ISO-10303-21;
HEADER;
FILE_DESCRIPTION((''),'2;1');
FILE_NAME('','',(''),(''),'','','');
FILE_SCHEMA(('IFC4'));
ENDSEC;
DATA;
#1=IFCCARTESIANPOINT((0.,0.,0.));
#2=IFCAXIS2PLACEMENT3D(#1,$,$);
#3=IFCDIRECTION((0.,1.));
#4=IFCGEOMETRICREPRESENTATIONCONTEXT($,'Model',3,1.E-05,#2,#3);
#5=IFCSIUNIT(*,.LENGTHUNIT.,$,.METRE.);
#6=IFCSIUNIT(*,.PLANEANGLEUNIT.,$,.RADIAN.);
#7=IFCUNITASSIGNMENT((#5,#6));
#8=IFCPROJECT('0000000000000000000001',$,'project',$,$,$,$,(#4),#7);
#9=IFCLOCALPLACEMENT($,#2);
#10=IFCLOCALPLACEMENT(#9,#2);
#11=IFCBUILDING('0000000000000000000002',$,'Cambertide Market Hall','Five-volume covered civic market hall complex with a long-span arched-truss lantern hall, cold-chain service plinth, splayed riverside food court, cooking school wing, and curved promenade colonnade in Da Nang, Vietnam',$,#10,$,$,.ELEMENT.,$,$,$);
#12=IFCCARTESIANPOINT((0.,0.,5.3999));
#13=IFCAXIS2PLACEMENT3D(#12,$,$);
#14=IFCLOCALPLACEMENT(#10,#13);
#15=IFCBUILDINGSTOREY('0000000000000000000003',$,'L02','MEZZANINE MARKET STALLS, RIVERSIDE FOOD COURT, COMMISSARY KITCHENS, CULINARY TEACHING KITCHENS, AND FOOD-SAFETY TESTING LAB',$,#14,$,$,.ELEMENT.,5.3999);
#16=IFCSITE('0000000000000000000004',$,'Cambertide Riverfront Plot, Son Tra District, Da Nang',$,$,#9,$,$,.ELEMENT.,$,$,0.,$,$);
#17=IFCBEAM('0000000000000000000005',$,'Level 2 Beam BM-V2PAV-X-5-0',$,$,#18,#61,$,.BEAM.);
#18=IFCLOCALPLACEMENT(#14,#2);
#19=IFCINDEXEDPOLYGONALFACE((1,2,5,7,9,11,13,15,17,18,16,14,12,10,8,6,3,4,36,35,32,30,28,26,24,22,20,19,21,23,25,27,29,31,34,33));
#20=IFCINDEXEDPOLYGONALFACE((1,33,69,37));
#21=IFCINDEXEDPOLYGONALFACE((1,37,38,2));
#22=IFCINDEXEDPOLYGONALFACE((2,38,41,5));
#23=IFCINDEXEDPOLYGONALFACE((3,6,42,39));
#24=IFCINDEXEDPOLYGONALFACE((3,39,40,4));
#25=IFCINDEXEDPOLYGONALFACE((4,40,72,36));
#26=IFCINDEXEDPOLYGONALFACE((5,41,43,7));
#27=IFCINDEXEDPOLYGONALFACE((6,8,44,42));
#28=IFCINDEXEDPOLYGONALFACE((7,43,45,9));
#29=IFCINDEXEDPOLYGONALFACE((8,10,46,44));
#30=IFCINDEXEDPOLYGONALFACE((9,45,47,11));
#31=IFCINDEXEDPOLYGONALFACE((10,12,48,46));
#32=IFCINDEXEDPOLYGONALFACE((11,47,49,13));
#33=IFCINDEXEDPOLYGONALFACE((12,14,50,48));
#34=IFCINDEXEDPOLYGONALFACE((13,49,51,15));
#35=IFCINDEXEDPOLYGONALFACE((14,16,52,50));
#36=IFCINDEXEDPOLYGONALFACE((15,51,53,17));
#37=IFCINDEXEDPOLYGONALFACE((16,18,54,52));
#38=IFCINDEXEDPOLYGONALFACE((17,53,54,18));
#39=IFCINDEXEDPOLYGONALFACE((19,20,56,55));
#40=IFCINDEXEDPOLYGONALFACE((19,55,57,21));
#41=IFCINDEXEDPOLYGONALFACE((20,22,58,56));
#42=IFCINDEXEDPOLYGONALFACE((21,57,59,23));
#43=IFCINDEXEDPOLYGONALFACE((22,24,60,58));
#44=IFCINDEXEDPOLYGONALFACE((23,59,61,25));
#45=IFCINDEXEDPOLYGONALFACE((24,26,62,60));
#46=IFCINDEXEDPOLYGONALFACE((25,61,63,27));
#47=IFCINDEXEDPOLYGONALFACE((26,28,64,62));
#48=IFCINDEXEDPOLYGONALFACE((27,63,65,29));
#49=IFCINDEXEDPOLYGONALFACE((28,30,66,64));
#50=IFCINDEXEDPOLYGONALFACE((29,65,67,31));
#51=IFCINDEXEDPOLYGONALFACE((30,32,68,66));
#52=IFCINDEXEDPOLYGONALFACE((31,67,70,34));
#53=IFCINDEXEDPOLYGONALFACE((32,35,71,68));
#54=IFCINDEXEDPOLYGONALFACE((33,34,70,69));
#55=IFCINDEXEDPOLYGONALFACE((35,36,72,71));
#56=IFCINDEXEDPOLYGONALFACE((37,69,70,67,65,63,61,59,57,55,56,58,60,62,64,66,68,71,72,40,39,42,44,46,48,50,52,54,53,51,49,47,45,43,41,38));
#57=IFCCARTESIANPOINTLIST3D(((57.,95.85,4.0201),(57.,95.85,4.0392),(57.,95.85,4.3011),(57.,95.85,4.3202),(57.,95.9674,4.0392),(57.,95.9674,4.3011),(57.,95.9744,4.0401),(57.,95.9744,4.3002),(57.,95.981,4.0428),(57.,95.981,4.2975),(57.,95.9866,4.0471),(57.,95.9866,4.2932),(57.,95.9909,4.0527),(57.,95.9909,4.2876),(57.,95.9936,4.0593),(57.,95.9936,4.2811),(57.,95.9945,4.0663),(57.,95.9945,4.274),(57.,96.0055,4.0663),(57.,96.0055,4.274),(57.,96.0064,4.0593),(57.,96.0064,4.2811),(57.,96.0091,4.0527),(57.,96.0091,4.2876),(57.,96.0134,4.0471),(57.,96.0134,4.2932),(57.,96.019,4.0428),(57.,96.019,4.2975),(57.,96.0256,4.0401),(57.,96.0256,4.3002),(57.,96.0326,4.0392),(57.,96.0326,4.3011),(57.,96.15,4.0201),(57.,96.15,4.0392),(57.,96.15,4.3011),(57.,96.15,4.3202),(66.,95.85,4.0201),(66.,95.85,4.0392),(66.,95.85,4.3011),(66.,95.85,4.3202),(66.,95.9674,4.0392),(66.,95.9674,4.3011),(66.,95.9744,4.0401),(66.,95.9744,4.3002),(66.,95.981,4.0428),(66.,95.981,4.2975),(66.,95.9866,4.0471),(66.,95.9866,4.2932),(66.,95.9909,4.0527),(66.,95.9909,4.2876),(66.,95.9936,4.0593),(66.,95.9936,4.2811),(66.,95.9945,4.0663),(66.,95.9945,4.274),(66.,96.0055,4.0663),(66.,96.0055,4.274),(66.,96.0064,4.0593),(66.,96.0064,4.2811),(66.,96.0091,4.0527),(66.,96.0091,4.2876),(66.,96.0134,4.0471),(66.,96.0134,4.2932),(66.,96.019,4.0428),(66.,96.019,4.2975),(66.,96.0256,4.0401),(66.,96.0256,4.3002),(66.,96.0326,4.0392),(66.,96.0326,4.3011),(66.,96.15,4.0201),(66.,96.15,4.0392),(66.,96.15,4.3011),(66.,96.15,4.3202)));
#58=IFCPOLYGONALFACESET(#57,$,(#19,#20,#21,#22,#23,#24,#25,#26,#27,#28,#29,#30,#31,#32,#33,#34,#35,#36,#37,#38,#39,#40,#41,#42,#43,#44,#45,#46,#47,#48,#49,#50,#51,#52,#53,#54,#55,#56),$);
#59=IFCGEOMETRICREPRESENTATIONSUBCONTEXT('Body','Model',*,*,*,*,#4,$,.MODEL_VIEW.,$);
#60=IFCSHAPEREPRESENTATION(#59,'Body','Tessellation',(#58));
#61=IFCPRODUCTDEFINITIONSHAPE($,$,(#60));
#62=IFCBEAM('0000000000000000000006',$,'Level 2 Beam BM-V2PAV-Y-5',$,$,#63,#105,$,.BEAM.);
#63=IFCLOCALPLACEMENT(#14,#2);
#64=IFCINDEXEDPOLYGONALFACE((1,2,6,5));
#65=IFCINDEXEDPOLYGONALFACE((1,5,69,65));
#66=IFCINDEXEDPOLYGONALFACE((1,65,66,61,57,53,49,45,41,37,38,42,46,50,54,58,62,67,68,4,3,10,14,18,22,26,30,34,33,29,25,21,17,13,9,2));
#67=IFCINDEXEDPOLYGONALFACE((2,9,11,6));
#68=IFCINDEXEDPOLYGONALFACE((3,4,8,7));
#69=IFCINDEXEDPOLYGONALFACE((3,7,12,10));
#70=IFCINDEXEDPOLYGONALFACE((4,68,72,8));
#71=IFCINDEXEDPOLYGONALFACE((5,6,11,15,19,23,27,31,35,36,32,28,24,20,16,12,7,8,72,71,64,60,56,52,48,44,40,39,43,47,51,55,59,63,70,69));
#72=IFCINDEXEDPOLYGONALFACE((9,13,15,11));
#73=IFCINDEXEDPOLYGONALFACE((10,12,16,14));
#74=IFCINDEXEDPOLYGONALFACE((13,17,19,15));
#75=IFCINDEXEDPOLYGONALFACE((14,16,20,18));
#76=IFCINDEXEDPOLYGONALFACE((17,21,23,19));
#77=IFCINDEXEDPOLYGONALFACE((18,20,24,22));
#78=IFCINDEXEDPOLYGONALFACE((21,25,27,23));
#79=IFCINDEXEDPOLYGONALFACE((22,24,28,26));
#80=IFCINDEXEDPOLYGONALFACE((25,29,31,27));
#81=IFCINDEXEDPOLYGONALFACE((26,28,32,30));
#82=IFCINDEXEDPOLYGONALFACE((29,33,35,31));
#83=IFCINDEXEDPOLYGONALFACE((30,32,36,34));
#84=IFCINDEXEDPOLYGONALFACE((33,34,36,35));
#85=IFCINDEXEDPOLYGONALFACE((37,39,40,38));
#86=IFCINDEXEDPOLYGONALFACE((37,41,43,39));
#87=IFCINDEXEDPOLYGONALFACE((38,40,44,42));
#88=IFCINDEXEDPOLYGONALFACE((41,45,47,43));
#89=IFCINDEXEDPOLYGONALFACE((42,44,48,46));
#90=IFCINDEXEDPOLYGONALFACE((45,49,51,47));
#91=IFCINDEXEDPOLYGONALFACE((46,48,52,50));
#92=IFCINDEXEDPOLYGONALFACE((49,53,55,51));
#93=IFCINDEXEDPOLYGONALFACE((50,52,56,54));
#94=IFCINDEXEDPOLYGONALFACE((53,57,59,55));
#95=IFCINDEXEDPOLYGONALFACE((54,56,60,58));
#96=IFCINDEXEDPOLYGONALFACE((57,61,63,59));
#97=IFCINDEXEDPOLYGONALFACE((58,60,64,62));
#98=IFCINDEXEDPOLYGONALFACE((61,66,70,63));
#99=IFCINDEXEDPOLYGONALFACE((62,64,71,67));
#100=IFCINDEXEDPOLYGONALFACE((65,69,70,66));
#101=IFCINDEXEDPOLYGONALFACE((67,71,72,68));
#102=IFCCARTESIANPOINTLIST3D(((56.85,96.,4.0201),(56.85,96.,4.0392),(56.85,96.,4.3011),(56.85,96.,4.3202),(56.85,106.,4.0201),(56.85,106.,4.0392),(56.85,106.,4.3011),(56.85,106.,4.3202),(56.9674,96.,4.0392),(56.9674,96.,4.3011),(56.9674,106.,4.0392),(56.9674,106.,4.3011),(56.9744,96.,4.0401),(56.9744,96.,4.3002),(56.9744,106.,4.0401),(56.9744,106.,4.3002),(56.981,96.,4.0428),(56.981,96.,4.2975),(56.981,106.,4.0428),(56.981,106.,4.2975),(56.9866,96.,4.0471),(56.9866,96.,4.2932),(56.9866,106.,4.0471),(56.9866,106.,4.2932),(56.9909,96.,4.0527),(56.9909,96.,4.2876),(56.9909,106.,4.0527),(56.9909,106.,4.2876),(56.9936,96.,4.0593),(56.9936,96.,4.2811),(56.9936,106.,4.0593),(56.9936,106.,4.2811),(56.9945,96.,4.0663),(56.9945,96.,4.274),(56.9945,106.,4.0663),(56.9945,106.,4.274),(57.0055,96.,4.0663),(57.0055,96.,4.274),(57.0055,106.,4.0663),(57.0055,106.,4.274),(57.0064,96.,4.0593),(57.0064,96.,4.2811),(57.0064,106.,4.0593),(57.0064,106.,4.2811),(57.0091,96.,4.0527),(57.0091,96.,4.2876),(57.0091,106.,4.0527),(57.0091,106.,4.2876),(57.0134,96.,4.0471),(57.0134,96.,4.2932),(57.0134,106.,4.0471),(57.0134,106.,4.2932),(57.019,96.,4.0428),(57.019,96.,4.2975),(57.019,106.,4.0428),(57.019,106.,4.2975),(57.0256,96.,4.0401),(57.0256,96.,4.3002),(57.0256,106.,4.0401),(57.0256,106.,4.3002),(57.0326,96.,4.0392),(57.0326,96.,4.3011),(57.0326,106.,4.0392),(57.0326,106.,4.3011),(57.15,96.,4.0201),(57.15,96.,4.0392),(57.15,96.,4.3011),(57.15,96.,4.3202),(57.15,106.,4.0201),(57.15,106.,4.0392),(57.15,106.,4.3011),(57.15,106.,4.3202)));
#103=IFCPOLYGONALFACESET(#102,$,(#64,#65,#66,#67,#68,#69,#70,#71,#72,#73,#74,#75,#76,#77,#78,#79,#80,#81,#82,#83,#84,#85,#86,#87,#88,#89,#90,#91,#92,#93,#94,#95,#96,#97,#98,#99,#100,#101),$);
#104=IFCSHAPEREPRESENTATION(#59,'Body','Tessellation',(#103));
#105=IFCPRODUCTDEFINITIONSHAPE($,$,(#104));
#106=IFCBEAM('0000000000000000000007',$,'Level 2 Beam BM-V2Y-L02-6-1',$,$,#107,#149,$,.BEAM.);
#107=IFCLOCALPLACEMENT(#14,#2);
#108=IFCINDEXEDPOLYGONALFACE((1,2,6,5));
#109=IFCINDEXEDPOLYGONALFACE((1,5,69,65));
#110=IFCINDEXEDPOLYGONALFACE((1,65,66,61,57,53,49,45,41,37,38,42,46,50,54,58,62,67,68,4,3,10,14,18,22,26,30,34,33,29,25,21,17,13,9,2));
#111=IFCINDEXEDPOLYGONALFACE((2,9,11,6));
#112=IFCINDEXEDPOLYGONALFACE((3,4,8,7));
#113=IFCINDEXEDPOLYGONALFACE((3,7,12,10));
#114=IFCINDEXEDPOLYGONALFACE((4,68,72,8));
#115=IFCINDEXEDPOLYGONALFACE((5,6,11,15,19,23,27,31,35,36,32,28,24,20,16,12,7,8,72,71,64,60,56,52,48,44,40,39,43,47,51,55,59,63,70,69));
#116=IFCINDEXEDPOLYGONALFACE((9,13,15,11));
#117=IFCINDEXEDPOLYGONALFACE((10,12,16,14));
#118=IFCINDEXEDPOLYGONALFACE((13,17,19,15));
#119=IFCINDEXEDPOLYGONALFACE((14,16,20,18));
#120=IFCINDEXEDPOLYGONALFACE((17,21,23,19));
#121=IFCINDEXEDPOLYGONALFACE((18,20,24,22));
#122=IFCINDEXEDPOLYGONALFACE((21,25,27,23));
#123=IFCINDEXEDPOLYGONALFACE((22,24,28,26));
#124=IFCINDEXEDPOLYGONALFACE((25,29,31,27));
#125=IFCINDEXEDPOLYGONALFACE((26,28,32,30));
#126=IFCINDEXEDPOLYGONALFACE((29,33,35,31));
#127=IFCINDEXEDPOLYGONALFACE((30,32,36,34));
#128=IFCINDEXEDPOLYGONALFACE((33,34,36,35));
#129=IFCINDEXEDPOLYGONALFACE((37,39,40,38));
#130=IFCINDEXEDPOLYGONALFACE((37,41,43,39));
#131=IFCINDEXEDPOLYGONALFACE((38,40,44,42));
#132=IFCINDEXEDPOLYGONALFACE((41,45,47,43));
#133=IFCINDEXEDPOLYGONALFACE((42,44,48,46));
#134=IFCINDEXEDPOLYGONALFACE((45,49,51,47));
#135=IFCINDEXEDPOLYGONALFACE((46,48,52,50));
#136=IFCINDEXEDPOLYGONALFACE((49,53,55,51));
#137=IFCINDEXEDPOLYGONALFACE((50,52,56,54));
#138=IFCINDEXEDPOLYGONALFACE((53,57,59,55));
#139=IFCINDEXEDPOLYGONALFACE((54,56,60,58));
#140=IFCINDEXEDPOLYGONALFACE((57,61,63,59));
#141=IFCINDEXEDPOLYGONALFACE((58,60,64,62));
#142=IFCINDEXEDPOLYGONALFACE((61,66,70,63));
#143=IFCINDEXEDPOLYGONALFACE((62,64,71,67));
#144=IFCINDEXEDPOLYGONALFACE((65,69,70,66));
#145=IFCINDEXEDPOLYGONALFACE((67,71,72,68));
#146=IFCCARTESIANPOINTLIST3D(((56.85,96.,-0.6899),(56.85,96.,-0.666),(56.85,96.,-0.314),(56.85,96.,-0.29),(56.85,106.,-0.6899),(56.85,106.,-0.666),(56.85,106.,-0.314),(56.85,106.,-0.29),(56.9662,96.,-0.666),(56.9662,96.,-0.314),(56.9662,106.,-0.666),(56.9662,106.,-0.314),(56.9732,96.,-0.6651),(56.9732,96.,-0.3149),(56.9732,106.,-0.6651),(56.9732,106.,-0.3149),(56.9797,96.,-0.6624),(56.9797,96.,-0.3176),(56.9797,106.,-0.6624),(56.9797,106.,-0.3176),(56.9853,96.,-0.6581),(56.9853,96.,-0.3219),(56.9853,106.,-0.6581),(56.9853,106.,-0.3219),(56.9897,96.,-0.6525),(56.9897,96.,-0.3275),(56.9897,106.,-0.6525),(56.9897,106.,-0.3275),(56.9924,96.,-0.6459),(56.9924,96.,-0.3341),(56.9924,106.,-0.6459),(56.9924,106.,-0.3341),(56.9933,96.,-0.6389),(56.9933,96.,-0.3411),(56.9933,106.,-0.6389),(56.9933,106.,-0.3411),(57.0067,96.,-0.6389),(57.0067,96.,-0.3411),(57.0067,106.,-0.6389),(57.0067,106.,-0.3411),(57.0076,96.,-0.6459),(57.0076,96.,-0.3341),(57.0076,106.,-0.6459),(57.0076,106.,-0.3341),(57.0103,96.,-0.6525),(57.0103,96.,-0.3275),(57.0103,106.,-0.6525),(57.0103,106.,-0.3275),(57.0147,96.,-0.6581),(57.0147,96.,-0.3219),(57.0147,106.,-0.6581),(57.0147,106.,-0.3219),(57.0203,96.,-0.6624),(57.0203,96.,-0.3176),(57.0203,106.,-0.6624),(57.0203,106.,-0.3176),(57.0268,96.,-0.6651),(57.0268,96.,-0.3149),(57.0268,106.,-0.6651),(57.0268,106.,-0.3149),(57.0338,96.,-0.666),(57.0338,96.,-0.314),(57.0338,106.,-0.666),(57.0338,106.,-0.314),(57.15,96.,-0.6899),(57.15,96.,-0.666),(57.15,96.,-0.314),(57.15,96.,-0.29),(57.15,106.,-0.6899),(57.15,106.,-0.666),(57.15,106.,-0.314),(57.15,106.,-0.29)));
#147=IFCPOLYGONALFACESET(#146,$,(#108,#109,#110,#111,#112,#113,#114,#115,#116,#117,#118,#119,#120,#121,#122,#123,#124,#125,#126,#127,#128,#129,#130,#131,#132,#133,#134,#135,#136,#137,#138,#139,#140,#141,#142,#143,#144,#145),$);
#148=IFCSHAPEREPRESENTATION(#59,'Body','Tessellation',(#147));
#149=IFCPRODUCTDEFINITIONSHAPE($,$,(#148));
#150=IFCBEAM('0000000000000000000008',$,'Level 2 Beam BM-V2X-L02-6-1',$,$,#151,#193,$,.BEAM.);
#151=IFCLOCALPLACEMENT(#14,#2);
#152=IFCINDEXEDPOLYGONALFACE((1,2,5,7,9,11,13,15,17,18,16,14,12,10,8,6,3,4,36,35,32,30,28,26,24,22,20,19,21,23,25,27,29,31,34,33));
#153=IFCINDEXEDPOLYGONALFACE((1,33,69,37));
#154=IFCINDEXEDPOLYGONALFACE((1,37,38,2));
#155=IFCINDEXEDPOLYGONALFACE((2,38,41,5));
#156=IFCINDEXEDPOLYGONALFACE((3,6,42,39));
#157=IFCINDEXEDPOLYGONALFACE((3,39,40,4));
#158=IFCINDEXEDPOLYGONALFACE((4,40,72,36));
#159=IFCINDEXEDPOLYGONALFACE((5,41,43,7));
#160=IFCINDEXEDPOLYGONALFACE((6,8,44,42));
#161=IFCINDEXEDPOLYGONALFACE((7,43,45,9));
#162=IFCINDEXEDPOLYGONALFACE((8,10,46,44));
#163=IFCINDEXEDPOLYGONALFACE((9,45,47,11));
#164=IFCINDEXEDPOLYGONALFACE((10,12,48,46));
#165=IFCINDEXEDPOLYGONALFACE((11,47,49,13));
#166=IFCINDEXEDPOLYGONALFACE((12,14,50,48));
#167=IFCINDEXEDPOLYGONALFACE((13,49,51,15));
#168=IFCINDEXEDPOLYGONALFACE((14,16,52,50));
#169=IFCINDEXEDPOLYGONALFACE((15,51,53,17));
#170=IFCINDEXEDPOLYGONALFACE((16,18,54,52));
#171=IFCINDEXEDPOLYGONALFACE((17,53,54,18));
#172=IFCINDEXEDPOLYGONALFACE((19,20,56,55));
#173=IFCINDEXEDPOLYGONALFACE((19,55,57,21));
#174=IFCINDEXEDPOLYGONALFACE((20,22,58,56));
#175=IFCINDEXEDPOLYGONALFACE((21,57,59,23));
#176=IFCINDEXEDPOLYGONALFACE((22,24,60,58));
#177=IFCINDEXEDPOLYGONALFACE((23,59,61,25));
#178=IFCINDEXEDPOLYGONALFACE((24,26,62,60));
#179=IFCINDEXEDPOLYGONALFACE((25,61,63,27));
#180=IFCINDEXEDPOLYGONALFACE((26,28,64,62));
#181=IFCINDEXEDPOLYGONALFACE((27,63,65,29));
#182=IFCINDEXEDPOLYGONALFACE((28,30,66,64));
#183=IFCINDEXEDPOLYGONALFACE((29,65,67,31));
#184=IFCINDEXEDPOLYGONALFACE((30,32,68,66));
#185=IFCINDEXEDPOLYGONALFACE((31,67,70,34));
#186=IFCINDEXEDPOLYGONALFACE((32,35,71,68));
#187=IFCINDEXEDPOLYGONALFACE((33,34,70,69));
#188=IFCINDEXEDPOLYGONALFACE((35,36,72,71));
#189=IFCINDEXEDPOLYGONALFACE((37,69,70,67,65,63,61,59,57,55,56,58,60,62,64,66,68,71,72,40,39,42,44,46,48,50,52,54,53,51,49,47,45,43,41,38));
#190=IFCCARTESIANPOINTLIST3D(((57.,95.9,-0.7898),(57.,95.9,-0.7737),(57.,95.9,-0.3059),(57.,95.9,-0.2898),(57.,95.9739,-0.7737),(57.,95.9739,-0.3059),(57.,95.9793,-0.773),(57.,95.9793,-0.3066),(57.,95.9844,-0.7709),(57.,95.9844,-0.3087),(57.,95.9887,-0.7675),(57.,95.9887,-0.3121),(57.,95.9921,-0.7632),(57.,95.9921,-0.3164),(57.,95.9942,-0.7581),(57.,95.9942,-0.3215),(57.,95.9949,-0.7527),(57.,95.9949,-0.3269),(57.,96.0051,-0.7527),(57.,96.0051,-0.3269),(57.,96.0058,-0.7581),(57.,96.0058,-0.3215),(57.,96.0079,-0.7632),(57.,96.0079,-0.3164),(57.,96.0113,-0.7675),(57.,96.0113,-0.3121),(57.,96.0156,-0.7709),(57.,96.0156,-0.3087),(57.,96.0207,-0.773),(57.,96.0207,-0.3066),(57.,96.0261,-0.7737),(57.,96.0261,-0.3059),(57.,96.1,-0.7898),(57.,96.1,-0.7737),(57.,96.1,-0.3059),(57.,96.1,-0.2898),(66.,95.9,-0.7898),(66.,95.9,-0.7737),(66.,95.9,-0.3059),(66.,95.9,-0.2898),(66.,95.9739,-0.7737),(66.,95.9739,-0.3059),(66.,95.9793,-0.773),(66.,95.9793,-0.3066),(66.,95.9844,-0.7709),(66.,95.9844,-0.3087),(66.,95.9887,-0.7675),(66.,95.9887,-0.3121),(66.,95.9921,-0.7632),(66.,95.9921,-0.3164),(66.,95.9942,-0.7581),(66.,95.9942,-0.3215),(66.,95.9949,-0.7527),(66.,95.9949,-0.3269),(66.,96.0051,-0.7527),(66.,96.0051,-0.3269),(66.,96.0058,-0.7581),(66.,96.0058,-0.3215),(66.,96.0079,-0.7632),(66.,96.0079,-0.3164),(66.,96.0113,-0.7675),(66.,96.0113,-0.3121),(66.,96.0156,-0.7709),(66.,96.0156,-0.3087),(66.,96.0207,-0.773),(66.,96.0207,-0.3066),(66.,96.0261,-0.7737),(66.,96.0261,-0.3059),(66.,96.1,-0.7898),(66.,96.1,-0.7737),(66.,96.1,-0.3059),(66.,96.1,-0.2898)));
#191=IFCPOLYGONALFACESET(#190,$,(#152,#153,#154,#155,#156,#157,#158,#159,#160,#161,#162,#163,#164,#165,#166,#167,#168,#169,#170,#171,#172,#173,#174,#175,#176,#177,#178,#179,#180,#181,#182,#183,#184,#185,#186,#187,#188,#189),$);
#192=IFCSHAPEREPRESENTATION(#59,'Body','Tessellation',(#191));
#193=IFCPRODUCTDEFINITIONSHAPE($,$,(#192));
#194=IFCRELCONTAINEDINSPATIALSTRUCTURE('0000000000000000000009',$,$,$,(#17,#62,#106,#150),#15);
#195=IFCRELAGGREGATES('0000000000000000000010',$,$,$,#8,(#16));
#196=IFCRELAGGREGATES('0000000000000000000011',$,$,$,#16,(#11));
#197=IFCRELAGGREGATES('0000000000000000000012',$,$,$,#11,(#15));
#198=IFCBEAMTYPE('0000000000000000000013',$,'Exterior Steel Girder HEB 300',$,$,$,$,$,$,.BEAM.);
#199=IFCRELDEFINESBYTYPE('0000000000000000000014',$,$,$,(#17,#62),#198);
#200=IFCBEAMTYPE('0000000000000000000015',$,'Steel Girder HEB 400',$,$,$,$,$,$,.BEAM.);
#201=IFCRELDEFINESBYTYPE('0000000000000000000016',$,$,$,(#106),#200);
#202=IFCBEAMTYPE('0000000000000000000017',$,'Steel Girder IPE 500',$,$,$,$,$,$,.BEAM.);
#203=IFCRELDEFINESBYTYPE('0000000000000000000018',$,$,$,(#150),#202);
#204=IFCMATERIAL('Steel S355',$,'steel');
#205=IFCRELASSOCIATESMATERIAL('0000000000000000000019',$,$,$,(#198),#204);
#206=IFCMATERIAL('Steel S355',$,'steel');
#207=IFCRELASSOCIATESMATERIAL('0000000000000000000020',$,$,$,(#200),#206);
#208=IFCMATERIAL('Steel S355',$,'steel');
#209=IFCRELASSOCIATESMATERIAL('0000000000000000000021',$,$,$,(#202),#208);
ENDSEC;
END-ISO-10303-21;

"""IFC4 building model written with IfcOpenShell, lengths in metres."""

from ifc_helpers import new_model, si_unit, direction, frame, origin, origin_2d, place, context, subcontext, project, spatial, i_section, extrude, material, material_profile, profile_set, type_object, element, save


model = new_model("IFC4")

# Units and contexts
model_context = context("Model", 3, precision=1e-05, world=origin(), true_north=direction((0.0, 1.0)))
body_context = subcontext(model_context, "Body", "Model", "MODEL_VIEW")
ifc_project = project(units=[si_unit("LENGTHUNIT", "METRE"), si_unit("PLANEANGLEUNIT", "RADIAN")], contexts=[model_context])

# Site, building, storey
site_placement = place(None, origin())
site = spatial("IfcSite", under=ifc_project, at=site_placement, Name="Cambertide Riverfront Plot, Son Tra District, Da Nang", CompositionType="ELEMENT", RefElevation=0.0)
building_placement = place(site_placement, origin())
building = spatial("IfcBuilding", under=site, at=building_placement, Name="Cambertide Market Hall", Description="Five-volume covered civic market hall complex with a long-span arched-truss lantern hall, cold-chain service plinth, splayed riverside food court, cooking school wing, and curved promenade colonnade in Da Nang, Vietnam", CompositionType="ELEMENT")
storey_placement = place(building_placement, frame((0.0, 0.0, 5.3999)))
storey = spatial("IfcBuildingStorey", under=building, at=storey_placement, Name="L02", Description="MEZZANINE MARKET STALLS, RIVERSIDE FOOD COURT, COMMISSARY KITCHENS, CULINARY TEACHING KITCHENS, AND FOOD-SAFETY TESTING LAB", CompositionType="ELEMENT", Elevation=5.3999)

# Beams
ifc_material_1 = material(Name="Steel S355", Category="steel")
ifc_material_profile_1 = material_profile(ifc_material_1, i_section(OverallWidth=0.3, OverallDepth=0.3, WebThickness=0.011, FlangeThickness=0.019, FilletRadius=0.0271, at=origin_2d()), Name="HEB 300")
ifc_profile_set_1 = profile_set([ifc_material_profile_1], Name="Steel S355")
beam_type_1 = type_object("IfcBeamType", Name="Exterior Steel Girder HEB 300", PredefinedType="BEAM", material=ifc_profile_set_1)
beam_1_placement = place(storey_placement, frame((57.0, 96.0, 4.1702), z_axis=(1.0, 0.0, 0.0), x_axis=(0.0, 1.0, 0.0)))
element("IfcBeam", 1, at=beam_1_placement, inside=storey, type_object=beam_type_1, Name="Level 2 Beam BM-V2PAV-X-5-0", PredefinedType="BEAM", context=body_context, shape_type="SweptSolid", body=[
    extrude(i_section(OverallWidth=0.3, OverallDepth=0.3, WebThickness=0.011, FlangeThickness=0.019, FilletRadius=0.0271, at=origin_2d()), origin(), (0.0, 0.0, 1.0), 9.0),
])
beam_2_placement = place(storey_placement, frame((57.0, 96.0, 4.1702), z_axis=(0.0, 1.0, 0.0), x_axis=(-1.0, 0.0, 0.0)))
element("IfcBeam", 2, at=beam_2_placement, inside=storey, type_object=beam_type_1, Name="Level 2 Beam BM-V2PAV-Y-5", PredefinedType="BEAM", context=body_context, shape_type="SweptSolid", body=[
    extrude(i_section(OverallWidth=0.3, OverallDepth=0.3, WebThickness=0.011, FlangeThickness=0.019, FilletRadius=0.0271, at=origin_2d()), origin(), (0.0, 0.0, 1.0), 10.0),
])
ifc_material_2 = material(Name="Steel S355", Category="steel")
ifc_material_profile_2 = material_profile(ifc_material_2, i_section(OverallWidth=0.3, OverallDepth=0.3999, WebThickness=0.0134, FlangeThickness=0.0239, FilletRadius=0.0271, at=origin_2d()), Name="HEB 400")
ifc_profile_set_2 = profile_set([ifc_material_profile_2], Name="Steel S355")
beam_type_2 = type_object("IfcBeamType", Name="Steel Girder HEB 400", PredefinedType="BEAM", material=ifc_profile_set_2)
beam_3_placement = place(storey_placement, frame((57.0, 96.0, -0.49), z_axis=(0.0, 1.0, 0.0), x_axis=(-1.0, 0.0, 0.0)))
element("IfcBeam", 3, at=beam_3_placement, inside=storey, type_object=beam_type_2, Name="Level 2 Beam BM-V2Y-L02-6-1", PredefinedType="BEAM", context=body_context, shape_type="SweptSolid", body=[
    extrude(i_section(OverallWidth=0.3, OverallDepth=0.3999, WebThickness=0.0134, FlangeThickness=0.0239, FilletRadius=0.0271, at=origin_2d()), origin(), (0.0, 0.0, 1.0), 10.0),
])
ifc_material_3 = material(Name="Steel S355", Category="steel")
ifc_material_profile_3 = material_profile(ifc_material_3, i_section(OverallWidth=0.2, OverallDepth=0.5, WebThickness=0.0103, FlangeThickness=0.0161, FilletRadius=0.021, at=origin_2d()), Name="IPE 500")
ifc_profile_set_3 = profile_set([ifc_material_profile_3], Name="Steel S355")
beam_type_3 = type_object("IfcBeamType", Name="Steel Girder IPE 500", PredefinedType="BEAM", material=ifc_profile_set_3)
beam_4_placement = place(storey_placement, frame((57.0, 96.0, -0.5398), z_axis=(1.0, 0.0, 0.0), x_axis=(0.0, 1.0, 0.0)))
element("IfcBeam", 4, at=beam_4_placement, inside=storey, type_object=beam_type_3, Name="Level 2 Beam BM-V2X-L02-6-1", PredefinedType="BEAM", context=body_context, shape_type="SweptSolid", body=[
    extrude(i_section(OverallWidth=0.2, OverallDepth=0.5, WebThickness=0.0103, FlangeThickness=0.0161, FilletRadius=0.021, at=origin_2d()), origin(), (0.0, 0.0, 1.0), 9.0),
])

save(model, "model.ifc")
